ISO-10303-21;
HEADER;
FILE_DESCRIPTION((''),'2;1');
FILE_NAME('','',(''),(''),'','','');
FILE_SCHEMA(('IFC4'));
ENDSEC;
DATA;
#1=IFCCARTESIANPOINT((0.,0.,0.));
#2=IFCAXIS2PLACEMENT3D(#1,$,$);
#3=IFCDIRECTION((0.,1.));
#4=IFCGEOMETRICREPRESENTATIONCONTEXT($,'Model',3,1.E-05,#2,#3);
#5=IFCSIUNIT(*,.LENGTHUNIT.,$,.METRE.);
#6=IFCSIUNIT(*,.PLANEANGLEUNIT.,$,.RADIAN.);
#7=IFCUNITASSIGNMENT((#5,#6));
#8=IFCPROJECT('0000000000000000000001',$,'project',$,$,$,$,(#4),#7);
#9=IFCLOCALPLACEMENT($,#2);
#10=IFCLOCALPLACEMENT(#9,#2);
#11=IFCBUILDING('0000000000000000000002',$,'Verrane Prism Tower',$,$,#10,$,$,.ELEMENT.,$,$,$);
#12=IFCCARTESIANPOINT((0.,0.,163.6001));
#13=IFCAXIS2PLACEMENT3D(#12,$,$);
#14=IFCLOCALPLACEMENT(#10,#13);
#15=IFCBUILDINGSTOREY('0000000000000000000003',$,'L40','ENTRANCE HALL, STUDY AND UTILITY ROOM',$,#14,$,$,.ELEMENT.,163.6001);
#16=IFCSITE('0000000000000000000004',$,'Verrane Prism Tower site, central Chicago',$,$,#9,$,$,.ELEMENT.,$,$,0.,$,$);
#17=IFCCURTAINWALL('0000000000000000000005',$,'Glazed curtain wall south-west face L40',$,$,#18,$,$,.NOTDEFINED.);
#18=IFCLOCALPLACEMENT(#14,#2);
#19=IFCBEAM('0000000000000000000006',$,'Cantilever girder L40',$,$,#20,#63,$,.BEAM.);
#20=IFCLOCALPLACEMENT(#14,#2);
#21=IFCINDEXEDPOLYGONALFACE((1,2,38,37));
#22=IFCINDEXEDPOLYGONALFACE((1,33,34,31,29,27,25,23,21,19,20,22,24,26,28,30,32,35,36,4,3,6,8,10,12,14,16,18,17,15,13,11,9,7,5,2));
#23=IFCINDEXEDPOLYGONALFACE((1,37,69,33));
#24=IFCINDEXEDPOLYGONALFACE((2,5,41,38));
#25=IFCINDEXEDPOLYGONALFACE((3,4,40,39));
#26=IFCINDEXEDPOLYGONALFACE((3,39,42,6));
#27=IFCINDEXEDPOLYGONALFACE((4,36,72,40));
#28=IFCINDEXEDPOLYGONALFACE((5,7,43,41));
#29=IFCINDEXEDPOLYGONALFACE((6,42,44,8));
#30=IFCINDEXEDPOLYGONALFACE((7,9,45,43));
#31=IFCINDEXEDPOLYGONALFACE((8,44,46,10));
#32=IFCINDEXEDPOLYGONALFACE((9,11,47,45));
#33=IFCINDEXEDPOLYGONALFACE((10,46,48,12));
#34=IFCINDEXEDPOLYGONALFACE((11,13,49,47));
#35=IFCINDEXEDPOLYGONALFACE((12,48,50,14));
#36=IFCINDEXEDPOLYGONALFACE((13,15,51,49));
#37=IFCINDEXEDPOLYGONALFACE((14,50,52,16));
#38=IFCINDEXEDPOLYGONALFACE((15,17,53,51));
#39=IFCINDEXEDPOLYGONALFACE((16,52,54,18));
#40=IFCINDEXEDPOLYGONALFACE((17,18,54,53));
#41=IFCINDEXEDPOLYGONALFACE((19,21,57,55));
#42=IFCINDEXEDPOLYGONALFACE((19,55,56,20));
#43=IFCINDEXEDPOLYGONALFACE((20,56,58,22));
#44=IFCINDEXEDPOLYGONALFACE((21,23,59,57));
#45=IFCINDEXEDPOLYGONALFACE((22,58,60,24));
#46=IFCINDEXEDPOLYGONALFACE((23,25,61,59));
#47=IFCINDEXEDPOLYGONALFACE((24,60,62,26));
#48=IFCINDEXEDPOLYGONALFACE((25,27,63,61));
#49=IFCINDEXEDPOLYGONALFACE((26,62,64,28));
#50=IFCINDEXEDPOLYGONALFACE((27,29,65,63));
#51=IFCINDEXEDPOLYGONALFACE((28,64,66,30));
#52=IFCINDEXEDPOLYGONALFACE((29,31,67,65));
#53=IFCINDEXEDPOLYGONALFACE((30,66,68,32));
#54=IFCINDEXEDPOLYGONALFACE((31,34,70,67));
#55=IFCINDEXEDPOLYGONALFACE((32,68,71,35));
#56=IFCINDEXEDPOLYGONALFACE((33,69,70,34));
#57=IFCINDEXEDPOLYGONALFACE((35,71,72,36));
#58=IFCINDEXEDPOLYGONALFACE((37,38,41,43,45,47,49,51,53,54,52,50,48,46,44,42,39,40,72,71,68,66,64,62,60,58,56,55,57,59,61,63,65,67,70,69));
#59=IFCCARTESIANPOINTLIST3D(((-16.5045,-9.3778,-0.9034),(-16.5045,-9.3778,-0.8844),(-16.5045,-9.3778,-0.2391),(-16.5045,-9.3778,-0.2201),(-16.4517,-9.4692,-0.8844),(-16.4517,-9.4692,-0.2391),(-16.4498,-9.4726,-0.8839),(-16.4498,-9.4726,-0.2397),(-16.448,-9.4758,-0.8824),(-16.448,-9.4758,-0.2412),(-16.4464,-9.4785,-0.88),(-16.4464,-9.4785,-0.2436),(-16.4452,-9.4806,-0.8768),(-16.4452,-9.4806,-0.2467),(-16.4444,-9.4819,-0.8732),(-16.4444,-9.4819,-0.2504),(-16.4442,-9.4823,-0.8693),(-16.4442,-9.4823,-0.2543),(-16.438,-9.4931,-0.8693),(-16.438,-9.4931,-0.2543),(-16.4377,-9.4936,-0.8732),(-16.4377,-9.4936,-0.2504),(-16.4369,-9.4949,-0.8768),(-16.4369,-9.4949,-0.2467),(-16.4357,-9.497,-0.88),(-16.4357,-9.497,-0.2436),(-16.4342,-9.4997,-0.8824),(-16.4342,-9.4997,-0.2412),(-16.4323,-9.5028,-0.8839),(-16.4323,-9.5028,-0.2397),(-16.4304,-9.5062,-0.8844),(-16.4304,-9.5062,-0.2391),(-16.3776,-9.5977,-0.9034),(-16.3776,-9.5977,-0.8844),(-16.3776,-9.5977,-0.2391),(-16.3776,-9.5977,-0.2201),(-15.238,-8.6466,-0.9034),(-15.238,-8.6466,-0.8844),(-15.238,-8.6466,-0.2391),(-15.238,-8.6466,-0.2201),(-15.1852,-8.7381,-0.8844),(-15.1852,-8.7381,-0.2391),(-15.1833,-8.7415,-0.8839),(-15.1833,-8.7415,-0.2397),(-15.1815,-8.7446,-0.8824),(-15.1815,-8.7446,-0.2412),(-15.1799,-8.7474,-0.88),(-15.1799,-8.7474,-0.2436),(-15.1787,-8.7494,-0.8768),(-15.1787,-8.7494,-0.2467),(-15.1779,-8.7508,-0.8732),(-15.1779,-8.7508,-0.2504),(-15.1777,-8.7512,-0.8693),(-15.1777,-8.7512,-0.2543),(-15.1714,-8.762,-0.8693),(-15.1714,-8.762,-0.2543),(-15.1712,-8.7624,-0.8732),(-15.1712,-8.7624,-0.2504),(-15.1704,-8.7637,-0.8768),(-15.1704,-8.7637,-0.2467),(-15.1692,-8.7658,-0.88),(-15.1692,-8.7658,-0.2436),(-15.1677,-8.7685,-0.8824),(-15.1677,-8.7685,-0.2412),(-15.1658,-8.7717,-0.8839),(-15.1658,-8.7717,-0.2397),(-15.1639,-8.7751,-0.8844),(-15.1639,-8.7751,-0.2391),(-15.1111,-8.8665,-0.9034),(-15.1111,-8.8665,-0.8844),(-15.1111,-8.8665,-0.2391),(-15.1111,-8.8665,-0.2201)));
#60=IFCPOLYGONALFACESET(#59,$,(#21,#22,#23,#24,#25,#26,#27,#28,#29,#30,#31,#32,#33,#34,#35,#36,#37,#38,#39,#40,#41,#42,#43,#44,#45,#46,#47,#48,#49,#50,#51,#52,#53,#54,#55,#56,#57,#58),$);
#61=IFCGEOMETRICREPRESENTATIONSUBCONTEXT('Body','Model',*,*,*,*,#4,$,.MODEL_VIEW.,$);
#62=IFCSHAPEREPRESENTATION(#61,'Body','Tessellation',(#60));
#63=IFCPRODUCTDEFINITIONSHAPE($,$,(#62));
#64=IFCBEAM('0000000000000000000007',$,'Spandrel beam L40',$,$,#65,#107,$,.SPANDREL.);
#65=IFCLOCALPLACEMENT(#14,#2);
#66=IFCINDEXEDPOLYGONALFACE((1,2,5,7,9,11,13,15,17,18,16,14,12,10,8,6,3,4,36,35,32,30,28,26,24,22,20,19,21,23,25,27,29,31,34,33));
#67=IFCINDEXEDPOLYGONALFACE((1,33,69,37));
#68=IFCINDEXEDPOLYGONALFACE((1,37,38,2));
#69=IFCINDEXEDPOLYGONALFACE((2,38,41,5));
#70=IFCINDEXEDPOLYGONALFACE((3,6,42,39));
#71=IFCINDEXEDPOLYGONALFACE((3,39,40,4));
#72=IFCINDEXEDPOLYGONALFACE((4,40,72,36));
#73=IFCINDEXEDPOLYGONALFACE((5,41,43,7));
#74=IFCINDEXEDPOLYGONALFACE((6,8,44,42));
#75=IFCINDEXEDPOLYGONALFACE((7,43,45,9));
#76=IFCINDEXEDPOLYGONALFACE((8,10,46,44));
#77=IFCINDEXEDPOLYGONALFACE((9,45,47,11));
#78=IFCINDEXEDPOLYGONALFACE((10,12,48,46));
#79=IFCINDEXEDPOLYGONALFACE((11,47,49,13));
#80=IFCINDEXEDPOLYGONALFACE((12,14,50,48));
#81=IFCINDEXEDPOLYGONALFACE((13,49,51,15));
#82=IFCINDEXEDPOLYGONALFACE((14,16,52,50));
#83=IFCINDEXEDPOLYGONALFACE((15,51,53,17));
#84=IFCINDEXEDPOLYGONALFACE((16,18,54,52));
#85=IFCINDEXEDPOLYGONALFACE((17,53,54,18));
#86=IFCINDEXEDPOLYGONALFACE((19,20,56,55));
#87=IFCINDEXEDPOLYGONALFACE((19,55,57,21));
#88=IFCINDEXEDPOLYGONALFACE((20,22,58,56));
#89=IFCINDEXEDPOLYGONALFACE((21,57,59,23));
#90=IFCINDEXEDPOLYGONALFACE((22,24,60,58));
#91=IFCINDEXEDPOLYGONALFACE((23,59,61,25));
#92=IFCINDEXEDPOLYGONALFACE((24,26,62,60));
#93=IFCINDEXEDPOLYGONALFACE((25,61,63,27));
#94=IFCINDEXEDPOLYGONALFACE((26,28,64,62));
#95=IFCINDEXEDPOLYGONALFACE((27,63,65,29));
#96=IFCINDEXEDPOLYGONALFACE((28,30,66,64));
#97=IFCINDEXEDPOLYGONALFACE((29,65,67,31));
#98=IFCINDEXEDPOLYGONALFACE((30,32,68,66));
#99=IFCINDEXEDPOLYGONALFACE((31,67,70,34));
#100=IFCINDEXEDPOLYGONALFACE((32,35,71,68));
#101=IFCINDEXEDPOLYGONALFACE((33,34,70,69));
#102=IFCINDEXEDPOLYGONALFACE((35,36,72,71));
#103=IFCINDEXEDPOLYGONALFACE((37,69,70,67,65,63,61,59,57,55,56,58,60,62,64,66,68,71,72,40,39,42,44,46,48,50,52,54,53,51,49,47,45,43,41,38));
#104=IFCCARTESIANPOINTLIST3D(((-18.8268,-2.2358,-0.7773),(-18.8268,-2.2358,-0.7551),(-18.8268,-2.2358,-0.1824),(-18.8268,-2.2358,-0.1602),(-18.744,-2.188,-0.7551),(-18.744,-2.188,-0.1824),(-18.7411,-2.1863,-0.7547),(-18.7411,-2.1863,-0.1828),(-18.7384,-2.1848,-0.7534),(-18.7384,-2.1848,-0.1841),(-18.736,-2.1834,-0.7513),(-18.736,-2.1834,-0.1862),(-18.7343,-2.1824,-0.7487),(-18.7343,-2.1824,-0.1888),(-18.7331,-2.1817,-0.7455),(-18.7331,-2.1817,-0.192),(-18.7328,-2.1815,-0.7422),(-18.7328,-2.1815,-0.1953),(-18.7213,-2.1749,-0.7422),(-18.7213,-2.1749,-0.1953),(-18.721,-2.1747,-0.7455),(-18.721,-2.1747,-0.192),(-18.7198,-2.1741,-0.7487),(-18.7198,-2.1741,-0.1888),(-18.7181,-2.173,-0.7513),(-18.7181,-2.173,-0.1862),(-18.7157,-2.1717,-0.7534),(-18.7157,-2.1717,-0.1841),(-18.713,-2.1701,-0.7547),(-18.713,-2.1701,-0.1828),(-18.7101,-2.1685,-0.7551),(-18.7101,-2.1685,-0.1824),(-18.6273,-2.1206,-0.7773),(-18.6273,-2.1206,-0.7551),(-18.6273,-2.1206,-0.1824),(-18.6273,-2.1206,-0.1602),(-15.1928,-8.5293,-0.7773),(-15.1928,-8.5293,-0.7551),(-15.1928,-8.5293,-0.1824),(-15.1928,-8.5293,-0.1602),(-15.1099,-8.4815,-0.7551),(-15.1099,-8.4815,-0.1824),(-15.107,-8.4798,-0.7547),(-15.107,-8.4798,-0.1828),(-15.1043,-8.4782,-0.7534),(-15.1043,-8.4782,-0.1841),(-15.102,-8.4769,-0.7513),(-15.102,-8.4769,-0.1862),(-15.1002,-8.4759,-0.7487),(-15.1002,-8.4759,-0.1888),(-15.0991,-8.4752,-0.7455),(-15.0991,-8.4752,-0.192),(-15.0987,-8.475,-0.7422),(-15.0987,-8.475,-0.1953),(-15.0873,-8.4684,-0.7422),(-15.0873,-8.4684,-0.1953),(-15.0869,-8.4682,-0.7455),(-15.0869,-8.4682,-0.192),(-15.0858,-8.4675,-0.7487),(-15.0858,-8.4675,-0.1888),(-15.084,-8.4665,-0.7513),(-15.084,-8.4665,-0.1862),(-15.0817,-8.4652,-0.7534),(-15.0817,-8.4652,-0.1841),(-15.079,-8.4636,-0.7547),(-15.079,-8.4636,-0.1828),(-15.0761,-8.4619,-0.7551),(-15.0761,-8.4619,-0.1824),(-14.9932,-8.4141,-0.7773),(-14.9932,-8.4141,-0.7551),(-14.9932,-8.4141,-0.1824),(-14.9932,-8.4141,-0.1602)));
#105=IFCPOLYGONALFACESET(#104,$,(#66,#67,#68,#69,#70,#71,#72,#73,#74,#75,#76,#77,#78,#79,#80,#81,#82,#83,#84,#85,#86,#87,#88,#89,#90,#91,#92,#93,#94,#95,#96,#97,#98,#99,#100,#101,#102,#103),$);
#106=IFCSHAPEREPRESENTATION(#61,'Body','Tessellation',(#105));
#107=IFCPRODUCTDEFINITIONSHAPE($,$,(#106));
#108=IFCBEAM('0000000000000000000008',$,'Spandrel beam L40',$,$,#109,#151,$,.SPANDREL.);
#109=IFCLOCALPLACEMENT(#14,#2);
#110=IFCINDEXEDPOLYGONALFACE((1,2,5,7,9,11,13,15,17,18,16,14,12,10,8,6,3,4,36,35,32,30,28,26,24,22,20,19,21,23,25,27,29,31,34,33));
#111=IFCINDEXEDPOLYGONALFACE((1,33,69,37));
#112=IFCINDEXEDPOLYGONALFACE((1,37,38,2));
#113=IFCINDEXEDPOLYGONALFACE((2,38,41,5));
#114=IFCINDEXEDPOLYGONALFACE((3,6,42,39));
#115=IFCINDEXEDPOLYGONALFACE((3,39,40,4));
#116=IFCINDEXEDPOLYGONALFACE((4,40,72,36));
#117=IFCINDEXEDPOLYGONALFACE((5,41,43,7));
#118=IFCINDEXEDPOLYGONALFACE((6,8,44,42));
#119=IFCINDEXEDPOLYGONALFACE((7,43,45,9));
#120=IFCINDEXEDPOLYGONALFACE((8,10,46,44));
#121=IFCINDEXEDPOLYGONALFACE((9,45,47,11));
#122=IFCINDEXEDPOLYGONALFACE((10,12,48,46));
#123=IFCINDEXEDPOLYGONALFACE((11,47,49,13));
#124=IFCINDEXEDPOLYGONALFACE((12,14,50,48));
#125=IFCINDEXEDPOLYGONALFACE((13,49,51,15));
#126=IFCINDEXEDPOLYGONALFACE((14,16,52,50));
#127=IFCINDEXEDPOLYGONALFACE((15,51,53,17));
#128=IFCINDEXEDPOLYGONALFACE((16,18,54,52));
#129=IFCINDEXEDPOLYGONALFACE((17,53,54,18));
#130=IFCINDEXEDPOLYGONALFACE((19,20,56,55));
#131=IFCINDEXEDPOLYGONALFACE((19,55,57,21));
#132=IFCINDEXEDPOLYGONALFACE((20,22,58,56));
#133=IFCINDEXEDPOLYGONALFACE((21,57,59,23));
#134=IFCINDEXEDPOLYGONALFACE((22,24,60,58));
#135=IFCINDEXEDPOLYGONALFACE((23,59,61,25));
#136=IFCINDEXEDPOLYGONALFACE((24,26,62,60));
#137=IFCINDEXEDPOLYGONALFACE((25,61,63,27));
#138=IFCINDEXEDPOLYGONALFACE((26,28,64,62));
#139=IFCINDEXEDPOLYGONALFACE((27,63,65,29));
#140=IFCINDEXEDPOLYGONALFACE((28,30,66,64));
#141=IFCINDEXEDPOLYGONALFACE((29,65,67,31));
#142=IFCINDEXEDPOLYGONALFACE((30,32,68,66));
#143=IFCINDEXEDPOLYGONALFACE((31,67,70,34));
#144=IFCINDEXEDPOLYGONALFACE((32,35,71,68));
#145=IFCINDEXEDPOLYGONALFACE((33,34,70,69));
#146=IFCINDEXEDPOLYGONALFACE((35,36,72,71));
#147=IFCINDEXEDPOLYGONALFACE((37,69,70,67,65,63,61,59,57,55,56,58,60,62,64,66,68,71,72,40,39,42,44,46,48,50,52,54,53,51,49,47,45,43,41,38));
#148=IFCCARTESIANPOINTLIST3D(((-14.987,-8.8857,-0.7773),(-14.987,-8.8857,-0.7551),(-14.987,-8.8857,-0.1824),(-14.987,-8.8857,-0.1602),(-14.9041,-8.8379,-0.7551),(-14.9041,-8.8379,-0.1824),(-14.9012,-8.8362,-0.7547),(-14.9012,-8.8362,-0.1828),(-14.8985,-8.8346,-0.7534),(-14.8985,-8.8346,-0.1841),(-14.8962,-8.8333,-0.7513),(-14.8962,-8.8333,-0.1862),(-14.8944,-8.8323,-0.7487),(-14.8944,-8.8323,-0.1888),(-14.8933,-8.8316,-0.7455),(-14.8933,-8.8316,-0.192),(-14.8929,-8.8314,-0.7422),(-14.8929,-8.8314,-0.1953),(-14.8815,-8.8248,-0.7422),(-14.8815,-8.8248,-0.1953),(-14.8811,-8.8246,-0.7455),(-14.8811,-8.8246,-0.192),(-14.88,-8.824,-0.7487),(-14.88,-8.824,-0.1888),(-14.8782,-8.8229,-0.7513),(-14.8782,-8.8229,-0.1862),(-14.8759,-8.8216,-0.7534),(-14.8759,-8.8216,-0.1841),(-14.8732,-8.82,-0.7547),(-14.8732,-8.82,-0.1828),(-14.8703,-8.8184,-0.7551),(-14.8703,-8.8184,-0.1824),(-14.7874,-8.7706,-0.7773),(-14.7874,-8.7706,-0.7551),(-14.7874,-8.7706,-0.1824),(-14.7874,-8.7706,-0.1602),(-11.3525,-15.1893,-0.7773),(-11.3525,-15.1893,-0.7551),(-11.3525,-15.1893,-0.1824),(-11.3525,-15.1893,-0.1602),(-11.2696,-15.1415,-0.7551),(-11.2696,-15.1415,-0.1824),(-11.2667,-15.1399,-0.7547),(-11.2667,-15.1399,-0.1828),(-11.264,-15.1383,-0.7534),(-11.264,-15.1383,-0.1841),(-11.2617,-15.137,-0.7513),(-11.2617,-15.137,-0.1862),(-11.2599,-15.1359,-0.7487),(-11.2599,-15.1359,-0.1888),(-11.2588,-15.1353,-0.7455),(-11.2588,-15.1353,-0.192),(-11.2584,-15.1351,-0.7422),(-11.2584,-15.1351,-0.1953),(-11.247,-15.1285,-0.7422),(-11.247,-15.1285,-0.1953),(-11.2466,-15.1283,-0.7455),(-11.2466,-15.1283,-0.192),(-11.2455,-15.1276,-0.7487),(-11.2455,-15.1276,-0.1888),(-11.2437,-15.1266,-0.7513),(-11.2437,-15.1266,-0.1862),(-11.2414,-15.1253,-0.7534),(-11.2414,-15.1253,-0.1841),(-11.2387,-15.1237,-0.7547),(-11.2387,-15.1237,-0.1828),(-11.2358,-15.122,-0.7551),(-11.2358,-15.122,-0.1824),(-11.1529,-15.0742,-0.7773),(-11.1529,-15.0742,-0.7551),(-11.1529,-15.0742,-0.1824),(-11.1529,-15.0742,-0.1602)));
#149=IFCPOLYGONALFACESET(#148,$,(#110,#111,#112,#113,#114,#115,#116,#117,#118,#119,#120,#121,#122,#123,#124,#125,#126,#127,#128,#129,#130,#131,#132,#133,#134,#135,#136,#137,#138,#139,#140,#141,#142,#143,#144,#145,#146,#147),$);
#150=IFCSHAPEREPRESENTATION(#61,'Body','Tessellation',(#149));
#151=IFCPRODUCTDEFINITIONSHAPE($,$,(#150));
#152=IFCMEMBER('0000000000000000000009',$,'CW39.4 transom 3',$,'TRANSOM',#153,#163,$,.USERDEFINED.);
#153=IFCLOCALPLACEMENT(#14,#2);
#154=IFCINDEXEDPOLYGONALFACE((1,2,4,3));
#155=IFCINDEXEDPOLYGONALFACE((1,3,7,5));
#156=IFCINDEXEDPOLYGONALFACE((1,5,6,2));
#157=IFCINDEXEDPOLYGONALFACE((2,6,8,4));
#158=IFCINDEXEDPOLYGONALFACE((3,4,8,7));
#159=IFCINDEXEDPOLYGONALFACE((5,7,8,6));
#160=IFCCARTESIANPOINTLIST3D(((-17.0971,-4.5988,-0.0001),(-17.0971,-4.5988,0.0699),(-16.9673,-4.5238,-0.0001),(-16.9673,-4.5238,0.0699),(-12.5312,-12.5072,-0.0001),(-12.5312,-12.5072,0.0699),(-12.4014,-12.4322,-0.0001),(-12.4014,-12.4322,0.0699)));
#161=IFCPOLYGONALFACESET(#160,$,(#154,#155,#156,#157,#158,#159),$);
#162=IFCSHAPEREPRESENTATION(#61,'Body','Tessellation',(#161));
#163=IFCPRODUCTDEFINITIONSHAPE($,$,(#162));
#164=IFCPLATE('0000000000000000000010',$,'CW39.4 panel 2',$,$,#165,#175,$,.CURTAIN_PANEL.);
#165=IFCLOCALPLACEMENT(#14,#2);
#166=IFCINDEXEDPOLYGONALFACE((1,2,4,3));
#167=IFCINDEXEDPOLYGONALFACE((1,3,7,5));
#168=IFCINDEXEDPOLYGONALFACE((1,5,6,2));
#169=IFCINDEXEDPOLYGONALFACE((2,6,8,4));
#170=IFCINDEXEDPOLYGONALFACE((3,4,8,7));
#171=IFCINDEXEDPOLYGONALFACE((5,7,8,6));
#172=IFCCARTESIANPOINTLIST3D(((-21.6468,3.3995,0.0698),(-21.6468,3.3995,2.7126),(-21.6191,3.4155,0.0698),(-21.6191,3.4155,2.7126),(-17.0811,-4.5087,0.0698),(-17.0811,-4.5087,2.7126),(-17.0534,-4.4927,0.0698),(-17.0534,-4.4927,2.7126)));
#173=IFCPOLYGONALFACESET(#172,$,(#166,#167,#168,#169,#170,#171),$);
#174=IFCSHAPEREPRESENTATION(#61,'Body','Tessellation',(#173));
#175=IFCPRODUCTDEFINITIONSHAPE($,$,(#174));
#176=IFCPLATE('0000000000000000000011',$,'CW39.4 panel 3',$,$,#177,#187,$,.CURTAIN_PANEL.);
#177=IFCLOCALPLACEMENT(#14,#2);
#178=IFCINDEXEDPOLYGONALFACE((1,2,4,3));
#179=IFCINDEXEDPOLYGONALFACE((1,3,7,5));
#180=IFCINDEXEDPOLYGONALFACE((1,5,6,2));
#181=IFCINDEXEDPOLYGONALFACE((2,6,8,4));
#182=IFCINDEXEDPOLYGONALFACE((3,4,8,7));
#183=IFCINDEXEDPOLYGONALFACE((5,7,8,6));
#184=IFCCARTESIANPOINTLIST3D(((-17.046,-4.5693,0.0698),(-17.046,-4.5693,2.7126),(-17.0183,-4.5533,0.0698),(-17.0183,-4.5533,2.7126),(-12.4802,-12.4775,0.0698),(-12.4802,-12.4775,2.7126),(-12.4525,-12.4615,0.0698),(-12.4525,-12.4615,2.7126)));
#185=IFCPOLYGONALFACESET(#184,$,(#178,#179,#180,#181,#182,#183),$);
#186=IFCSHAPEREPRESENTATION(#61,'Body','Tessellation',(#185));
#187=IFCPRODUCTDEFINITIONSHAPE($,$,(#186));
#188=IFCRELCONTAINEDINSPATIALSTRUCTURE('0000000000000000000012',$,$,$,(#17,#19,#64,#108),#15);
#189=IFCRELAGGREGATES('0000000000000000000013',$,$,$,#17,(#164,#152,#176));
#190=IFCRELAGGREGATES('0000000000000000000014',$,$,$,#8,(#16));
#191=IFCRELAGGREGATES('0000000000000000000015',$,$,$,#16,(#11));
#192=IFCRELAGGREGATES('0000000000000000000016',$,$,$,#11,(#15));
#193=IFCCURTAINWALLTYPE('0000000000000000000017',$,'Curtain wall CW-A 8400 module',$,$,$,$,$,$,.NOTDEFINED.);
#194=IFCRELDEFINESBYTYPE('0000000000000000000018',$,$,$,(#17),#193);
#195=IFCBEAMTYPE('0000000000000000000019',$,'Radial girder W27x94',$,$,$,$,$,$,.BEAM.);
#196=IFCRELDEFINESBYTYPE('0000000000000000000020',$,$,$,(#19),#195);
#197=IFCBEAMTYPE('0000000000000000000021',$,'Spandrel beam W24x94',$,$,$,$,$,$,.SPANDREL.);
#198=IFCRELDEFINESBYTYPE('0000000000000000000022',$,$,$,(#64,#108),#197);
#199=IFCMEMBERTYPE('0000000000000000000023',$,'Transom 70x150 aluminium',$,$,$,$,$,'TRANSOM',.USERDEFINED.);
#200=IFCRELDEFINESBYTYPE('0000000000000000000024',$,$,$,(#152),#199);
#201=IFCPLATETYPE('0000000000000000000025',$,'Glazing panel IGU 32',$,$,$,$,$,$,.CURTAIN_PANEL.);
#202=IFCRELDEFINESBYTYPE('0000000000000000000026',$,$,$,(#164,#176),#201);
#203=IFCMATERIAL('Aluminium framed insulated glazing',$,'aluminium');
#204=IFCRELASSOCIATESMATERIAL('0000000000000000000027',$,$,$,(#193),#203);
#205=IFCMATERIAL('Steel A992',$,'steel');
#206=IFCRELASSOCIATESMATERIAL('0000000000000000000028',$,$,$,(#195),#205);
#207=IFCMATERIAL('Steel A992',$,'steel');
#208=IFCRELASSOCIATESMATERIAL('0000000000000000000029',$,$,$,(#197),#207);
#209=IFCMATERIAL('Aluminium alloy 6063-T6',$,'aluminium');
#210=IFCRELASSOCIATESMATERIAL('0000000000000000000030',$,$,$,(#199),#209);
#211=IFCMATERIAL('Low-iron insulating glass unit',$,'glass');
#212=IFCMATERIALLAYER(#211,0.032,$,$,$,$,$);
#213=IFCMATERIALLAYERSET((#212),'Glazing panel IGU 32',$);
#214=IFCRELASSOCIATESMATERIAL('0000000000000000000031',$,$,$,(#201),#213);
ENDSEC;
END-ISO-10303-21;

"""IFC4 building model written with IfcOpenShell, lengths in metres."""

from ifc_helpers import new_model, si_unit, direction, frame, origin, origin_2d, place, context, subcontext, project, spatial, rectangle, i_section, extrude, material, layer, layer_set, material_profile, profile_set, type_object, element, aggregate, save


model = new_model("IFC4")

# Units and contexts
model_context = context("Model", 3, precision=1e-05, world=origin(), true_north=direction((0.0, 1.0)))
body_context = subcontext(model_context, "Body", "Model", "MODEL_VIEW")
ifc_project = project(units=[si_unit("LENGTHUNIT", "METRE"), si_unit("PLANEANGLEUNIT", "RADIAN")], contexts=[model_context])

# Site, building, storey
site_placement = place(None, origin())
site = spatial("IfcSite", under=ifc_project, at=site_placement, Name="Verrane Prism Tower site, central Chicago", CompositionType="ELEMENT", RefElevation=0.0)
building_placement = place(site_placement, origin())
building = spatial("IfcBuilding", under=site, at=building_placement, Name="Verrane Prism Tower", CompositionType="ELEMENT")
storey_placement = place(building_placement, frame((0.0, 0.0, 163.6001)))
storey = spatial("IfcBuildingStorey", under=building, at=storey_placement, Name="L40", Description="ENTRANCE HALL, STUDY AND UTILITY ROOM", CompositionType="ELEMENT", Elevation=163.6001)

# Curtain wall
ifc_material_1 = material(Name="Aluminium framed insulated glazing", Category="aluminium")
curtain_wall_type = type_object("IfcCurtainWallType", Name="Curtain wall CW-A 8400 module", PredefinedType="NOTDEFINED", material=ifc_material_1)
curtain_wall_placement = place(storey_placement, origin())
curtain_wall = element("IfcCurtainWall", 1, at=curtain_wall_placement, inside=storey, type_object=curtain_wall_type, Name="Glazed curtain wall south-west face L40", PredefinedType="NOTDEFINED")

# Beams
ifc_material_2 = material(Name="Steel A992", Category="steel")
ifc_material_profile_1 = material_profile(ifc_material_2, i_section(OverallWidth=0.2539, OverallDepth=0.6833, WebThickness=0.0125, FlangeThickness=0.019, FilletRadius=0.0151, at=origin_2d()), Name="W27x94")
ifc_profile_set_1 = profile_set([ifc_material_profile_1], Name="Steel A992")
beam_type_1 = type_object("IfcBeamType", Name="Radial girder W27x94", PredefinedType="BEAM", material=ifc_profile_set_1)
beam_1_placement = place(storey_placement, frame((-15.1746, -8.7566, -0.5618), z_axis=(-0.866047, -0.499963, 0.0), x_axis=(0.499963, -0.866047, 0.0)))
element("IfcBeam", 2, at=beam_1_placement, inside=storey, type_object=beam_type_1, Name="Cantilever girder L40", PredefinedType="BEAM", context=body_context, shape_type="SweptSolid", body=[
    extrude(i_section(OverallWidth=0.2539, OverallDepth=0.6833, WebThickness=0.0125, FlangeThickness=0.019, FilletRadius=0.0151, at=origin_2d()), origin(), (0.0, 0.0, 1.0), 1.4624),
])
ifc_material_3 = material(Name="Steel A992", Category="steel")
ifc_material_profile_2 = material_profile(ifc_material_3, i_section(OverallWidth=0.2305, OverallDepth=0.6172, WebThickness=0.0132, FlangeThickness=0.0222, FilletRadius=0.0129, at=origin_2d()), Name="W24x94")
ifc_profile_set_2 = profile_set([ifc_material_profile_2], Name="Steel A992")
beam_type_2 = type_object("IfcBeamType", Name="Spandrel beam W24x94", PredefinedType="SPANDREL", material=ifc_profile_set_2)
beam_2_placement = place(storey_placement, frame((-18.7271, -2.1782, -0.4688), z_axis=(0.500052, -0.865995, 0.0), x_axis=(0.865995, 0.500052, 0.0)))
element("IfcBeam", 3, at=beam_2_placement, inside=storey, type_object=beam_type_2, Name="Spandrel beam L40", PredefinedType="SPANDREL", context=body_context, shape_type="SweptSolid", body=[
    extrude(i_section(OverallWidth=0.2305, OverallDepth=0.6172, WebThickness=0.0132, FlangeThickness=0.0222, FilletRadius=0.0129, at=origin_2d()), origin(), (0.0, 0.0, 1.0), 7.2673),
])
beam_3_placement = place(storey_placement, frame((-14.8872, -8.8281, -0.4688), z_axis=(0.499492, -0.866318, 0.0), x_axis=(0.866318, 0.499492, 0.0)))
element("IfcBeam", 4, at=beam_3_placement, inside=storey, type_object=beam_type_2, Name="Spandrel beam L40", PredefinedType="SPANDREL", context=body_context, shape_type="SweptSolid", body=[
    extrude(i_section(OverallWidth=0.2305, OverallDepth=0.6172, WebThickness=0.0132, FlangeThickness=0.0222, FilletRadius=0.0129, at=origin_2d()), origin(), (0.0, 0.0, 1.0), 7.2764),
])

# Member
ifc_material_4 = material(Name="Aluminium alloy 6063-T6", Category="aluminium")
ifc_material_profile_3 = material_profile(ifc_material_4, rectangle(XDim=0.1499, YDim=0.0701, at=origin_2d()), Name="Transom 70x150 aluminium")
ifc_profile_set_3 = profile_set([ifc_material_profile_3], Name="Aluminium alloy 6063-T6")
member_type_1 = type_object("IfcMemberType", Name="Transom 70x150 aluminium", ElementType="TRANSOM", PredefinedType="USERDEFINED", material=ifc_profile_set_3)
member_1_placement = place(storey_placement, frame((-17.0322, -4.5613, 0.0349), z_axis=(0.499998, -0.866027, 0.0), x_axis=(0.866027, 0.499998, 0.0)))
member_1 = element("IfcMember", 5, at=member_1_placement, type_object=member_type_1, Name="CW39.4 transom 3", ObjectType="TRANSOM", PredefinedType="USERDEFINED", context=body_context, shape_type="SweptSolid", body=[
    extrude(rectangle(XDim=0.1499, YDim=0.0701, at=origin_2d()), origin(), (0.0, 0.0, 1.0), 9.1318),
])

# Plates
ifc_material_5 = material(Name="Low-iron insulating glass unit", Category="glass")
ifc_layer_1 = layer(ifc_material_5, 0.032)
ifc_layer_set_1 = layer_set([ifc_layer_1], Name="Glazing panel IGU 32")
plate_type = type_object("IfcPlateType", Name="Glazing panel IGU 32", PredefinedType="CURTAIN_PANEL", material=ifc_layer_set_1)
plate_1_placement = place(storey_placement, frame((-19.3501, -0.5466, 0.0698), z_axis=(0.0, 0.0, 1.0), x_axis=(0.499999, -0.866026, 0.0)))
plate_1 = element("IfcPlate", 6, at=plate_1_placement, type_object=plate_type, Name="CW39.4 panel 2", PredefinedType="CURTAIN_PANEL", context=body_context, shape_type="SweptSolid", body=[
    extrude(rectangle(XDim=9.1316, YDim=0.032, at=origin_2d()), origin(), (0.0, 0.0, 1.0), 2.6428),
])
plate_2_placement = place(storey_placement, frame((-14.7493, -8.5154, 0.0698), z_axis=(0.0, 0.0, 1.0), x_axis=(0.499999, -0.866026, 0.0)))
plate_2 = element("IfcPlate", 7, at=plate_2_placement, type_object=plate_type, Name="CW39.4 panel 3", PredefinedType="CURTAIN_PANEL", context=body_context, shape_type="SweptSolid", body=[
    extrude(rectangle(XDim=9.1316, YDim=0.032, at=origin_2d()), origin(), (0.0, 0.0, 1.0), 2.6428),
])
aggregate(curtain_wall, [plate_1, member_1, plate_2])

save(model, "model.ifc")
